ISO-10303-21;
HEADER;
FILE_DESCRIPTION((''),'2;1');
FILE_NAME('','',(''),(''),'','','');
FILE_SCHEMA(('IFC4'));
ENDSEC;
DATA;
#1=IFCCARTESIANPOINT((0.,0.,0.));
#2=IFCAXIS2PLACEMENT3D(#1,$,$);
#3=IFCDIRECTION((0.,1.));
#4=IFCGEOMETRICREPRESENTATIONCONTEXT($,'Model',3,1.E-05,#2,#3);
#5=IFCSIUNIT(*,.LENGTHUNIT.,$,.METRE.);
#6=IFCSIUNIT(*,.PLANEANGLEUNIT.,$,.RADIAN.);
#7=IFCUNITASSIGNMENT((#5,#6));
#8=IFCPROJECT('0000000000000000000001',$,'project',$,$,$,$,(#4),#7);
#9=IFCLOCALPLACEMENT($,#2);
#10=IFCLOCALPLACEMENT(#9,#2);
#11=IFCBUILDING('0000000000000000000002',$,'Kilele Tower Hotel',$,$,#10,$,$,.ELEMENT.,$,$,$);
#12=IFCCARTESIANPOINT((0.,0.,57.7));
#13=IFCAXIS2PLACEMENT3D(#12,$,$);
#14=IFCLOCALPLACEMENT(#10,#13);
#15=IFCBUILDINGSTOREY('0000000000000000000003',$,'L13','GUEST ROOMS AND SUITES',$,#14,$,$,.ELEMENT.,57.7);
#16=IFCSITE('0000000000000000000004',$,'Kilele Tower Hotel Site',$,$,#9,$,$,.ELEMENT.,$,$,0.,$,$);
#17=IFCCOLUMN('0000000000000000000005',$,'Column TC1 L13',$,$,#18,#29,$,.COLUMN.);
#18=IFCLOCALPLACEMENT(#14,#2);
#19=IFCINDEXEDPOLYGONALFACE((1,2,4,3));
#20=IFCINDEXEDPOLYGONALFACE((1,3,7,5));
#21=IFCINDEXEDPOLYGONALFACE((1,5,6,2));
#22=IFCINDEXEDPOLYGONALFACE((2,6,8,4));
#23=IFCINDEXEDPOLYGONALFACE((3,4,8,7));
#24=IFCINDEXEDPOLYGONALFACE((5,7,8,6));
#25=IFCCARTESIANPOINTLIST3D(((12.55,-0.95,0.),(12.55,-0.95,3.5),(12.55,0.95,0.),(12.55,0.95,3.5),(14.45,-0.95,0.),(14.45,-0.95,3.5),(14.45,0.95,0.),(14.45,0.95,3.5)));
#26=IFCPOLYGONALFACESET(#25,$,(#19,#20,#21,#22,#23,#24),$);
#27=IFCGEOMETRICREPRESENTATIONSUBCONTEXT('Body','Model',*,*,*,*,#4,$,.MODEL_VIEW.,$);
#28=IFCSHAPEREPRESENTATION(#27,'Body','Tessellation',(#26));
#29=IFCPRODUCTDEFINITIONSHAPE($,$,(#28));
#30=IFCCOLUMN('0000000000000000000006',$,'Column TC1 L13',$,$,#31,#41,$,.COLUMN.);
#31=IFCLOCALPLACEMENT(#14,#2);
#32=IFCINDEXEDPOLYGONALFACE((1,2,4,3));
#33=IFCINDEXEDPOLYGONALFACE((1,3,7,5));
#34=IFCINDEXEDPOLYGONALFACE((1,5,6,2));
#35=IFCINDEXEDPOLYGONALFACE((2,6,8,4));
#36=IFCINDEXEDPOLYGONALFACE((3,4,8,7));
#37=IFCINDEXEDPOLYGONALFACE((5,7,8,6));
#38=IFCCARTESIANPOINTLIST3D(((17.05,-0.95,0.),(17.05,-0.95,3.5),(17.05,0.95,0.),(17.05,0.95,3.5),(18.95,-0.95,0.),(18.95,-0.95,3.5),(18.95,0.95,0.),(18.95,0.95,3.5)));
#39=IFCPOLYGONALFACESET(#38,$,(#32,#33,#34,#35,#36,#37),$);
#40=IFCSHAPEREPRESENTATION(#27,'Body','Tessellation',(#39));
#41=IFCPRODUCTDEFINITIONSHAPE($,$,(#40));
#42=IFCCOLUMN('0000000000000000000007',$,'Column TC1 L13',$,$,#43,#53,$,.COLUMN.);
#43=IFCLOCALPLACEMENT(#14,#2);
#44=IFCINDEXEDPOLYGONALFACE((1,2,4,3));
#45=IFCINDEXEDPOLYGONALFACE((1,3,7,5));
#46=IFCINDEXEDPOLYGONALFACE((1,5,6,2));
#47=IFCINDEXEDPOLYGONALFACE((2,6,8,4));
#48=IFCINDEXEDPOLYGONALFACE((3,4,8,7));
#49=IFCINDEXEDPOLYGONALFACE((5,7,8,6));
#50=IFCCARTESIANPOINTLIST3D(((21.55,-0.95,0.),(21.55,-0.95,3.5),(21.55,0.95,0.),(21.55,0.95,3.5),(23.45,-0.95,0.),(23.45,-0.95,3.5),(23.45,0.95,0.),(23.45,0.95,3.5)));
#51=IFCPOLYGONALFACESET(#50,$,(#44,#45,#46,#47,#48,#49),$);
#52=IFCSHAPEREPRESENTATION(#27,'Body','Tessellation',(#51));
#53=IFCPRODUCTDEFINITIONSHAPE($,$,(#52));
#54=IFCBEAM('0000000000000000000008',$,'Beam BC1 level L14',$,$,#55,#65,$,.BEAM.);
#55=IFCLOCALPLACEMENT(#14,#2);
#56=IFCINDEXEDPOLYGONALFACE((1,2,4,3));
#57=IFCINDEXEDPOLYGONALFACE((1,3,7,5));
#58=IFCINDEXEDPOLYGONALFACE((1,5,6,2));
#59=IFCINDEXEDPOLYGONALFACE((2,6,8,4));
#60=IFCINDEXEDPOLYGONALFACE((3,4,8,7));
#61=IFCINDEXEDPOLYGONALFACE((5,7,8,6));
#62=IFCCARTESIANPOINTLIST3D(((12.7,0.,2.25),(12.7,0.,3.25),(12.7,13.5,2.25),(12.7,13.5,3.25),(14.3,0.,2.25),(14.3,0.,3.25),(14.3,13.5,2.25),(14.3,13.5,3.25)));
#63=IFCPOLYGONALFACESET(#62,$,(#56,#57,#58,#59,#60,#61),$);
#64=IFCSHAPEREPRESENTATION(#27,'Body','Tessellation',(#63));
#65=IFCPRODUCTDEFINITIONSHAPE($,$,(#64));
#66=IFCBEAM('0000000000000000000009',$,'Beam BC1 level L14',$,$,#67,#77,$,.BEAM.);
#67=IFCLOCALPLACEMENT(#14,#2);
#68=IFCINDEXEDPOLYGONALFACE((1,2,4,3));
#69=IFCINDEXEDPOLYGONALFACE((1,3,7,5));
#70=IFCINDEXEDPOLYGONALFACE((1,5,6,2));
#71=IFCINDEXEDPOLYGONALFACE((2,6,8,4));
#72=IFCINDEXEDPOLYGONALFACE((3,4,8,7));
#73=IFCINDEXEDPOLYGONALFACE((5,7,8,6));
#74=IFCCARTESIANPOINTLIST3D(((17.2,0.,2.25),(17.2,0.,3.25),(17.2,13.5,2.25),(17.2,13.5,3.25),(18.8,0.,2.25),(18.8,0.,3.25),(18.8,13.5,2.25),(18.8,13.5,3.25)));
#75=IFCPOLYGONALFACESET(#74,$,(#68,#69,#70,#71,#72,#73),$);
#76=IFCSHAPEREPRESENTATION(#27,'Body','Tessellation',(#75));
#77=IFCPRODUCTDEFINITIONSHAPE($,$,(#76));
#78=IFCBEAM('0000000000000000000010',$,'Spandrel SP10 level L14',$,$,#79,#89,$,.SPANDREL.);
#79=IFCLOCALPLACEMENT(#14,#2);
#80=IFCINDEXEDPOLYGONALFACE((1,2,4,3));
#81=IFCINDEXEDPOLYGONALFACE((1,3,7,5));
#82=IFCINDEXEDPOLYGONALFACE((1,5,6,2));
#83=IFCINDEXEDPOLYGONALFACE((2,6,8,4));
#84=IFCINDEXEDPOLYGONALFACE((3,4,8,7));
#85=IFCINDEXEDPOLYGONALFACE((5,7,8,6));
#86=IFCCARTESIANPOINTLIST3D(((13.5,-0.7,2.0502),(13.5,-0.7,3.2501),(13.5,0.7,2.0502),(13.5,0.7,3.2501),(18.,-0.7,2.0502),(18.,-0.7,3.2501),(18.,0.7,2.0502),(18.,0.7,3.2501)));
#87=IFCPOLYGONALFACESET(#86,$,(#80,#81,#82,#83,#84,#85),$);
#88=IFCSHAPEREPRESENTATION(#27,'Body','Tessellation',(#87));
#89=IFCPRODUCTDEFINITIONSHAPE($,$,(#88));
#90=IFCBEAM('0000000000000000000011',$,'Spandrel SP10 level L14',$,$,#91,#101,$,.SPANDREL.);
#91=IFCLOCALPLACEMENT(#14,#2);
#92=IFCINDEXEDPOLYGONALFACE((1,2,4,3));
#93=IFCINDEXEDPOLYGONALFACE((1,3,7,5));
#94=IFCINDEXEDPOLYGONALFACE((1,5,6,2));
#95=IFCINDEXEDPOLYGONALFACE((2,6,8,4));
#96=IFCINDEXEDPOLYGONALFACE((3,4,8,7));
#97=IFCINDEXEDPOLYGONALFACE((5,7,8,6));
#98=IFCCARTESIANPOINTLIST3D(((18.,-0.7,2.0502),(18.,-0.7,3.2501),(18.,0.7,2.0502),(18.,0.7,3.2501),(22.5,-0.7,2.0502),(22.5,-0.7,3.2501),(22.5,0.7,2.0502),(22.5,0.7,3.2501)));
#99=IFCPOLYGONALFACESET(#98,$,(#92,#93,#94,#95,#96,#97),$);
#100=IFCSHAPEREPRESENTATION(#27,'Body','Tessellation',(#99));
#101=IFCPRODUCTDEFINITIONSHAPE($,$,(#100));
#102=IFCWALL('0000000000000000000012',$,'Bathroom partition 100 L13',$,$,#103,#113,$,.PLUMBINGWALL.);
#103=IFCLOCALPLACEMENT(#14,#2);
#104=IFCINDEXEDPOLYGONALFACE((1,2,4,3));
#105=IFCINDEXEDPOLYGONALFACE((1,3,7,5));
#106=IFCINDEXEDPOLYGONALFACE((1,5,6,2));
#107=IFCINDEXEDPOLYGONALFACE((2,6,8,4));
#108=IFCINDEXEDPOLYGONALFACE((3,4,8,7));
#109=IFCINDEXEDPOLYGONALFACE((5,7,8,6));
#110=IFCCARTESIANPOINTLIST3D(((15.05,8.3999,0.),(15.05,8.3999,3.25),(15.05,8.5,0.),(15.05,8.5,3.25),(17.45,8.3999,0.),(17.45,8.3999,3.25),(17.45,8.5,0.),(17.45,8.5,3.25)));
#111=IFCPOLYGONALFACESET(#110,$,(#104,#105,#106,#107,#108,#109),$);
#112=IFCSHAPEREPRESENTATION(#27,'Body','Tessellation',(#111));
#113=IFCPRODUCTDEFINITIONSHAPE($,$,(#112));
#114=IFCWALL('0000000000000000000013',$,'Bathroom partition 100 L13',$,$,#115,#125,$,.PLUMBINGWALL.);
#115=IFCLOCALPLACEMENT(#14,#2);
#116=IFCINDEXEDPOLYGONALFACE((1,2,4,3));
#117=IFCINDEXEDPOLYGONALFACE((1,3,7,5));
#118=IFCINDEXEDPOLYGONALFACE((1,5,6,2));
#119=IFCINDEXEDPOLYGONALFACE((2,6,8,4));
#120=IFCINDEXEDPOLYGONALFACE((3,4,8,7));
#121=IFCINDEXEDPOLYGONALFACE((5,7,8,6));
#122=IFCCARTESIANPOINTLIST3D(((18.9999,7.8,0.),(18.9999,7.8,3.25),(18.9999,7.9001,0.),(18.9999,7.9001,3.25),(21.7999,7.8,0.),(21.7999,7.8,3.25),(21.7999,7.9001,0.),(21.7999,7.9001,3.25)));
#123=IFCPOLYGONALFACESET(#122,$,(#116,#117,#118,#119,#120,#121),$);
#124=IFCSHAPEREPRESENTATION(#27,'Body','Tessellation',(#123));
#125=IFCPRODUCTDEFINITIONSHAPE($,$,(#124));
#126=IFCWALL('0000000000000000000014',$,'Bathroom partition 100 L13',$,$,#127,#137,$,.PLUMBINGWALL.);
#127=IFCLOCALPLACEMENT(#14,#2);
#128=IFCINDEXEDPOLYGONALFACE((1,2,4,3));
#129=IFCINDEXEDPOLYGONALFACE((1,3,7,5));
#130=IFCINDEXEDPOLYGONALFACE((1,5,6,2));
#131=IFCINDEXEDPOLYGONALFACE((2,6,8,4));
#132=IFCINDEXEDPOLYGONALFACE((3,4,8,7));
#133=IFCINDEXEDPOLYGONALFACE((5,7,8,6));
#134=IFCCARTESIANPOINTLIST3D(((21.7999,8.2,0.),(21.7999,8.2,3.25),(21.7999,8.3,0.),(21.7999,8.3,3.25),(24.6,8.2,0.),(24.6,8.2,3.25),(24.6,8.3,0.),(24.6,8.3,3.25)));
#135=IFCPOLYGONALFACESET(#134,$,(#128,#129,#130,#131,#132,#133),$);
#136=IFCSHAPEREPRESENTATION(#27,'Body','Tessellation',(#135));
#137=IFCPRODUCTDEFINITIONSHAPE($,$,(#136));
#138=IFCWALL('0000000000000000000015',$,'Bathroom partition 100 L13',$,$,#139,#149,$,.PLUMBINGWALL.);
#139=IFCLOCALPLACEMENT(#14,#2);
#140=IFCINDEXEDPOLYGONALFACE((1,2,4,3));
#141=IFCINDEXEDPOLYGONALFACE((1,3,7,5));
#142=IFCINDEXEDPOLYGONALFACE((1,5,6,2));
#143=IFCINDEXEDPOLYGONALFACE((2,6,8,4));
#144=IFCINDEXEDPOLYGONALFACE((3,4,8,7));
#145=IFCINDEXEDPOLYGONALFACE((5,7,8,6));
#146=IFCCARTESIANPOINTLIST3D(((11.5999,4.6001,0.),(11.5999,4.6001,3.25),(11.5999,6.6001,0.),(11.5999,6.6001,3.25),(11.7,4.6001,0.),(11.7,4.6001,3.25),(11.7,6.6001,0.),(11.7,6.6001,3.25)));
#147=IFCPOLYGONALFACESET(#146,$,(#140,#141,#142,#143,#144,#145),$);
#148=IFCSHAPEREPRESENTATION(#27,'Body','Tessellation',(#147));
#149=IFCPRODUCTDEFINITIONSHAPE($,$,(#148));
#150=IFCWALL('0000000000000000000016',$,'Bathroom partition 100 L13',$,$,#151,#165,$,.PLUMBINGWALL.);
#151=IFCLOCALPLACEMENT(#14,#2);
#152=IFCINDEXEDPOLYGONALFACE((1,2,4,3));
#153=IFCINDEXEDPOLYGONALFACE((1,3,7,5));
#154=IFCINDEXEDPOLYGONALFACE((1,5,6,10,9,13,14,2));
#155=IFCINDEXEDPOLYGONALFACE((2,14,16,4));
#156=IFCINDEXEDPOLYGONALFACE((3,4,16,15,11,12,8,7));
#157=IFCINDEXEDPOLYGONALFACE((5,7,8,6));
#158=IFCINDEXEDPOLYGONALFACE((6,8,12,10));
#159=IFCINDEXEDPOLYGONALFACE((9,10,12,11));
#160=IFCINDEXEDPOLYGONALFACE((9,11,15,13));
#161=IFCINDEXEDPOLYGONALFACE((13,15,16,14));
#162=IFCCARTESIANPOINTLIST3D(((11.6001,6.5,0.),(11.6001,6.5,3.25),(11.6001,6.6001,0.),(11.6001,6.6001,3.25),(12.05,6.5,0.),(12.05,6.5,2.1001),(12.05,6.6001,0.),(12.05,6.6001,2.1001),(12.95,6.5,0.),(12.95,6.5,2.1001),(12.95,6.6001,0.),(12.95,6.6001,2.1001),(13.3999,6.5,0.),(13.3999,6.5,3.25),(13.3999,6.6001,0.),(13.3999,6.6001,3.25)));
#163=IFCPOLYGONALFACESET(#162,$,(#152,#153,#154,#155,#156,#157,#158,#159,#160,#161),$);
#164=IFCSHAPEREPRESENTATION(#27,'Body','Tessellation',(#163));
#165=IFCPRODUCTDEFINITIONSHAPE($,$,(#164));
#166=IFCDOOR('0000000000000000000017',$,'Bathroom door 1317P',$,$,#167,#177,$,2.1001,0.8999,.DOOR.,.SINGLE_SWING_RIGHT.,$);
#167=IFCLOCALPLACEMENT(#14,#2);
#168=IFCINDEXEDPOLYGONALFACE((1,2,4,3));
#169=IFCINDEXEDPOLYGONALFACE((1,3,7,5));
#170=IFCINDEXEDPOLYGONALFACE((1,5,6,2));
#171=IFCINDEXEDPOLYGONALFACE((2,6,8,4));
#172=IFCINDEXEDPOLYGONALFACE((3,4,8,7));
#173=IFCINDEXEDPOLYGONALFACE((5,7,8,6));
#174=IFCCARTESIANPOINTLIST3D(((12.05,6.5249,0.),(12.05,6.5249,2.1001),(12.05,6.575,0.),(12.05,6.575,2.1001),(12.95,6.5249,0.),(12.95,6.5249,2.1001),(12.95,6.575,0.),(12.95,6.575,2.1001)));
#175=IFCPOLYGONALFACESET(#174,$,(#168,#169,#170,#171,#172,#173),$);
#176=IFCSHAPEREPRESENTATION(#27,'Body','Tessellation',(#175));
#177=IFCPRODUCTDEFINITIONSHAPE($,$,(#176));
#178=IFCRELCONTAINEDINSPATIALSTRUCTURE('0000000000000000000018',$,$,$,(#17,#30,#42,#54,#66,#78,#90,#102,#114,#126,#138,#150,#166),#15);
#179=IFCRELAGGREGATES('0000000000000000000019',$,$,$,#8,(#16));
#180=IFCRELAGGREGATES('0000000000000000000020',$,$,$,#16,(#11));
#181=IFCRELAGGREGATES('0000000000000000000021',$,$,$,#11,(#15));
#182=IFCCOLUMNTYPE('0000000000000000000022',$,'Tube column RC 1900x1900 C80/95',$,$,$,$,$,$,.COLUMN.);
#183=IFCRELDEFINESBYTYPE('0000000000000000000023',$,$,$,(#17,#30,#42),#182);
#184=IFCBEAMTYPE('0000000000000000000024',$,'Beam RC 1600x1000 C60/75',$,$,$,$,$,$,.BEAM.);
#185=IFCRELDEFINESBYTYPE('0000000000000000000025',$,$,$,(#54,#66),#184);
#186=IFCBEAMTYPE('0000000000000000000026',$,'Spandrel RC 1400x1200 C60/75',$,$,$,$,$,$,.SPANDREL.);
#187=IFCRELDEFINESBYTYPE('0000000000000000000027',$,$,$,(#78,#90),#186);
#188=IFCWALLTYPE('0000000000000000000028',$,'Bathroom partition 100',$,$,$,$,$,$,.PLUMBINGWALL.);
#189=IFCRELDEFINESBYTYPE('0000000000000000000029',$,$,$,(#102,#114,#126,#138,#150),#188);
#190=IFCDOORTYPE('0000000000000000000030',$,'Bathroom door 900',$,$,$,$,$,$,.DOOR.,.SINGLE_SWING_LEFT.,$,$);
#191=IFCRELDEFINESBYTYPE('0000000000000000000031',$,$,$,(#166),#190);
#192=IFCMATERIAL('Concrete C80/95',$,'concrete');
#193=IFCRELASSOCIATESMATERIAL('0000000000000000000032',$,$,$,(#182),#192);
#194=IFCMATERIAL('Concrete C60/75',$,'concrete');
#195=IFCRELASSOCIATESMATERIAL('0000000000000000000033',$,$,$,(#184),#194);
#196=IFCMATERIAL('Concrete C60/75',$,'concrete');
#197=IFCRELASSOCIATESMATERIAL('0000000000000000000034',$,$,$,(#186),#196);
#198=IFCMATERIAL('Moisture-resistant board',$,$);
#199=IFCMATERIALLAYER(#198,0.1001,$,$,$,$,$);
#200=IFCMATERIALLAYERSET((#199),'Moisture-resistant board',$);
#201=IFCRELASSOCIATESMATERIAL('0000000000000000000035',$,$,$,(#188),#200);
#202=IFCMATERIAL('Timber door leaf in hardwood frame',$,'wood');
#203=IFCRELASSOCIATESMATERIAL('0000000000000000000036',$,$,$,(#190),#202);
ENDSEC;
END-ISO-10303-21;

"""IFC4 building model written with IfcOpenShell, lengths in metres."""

from ifc_helpers import new_model, si_unit, direction, frame, frame_2d, origin, origin_2d, place, context, subcontext, project, spatial, rectangle, extrude, material, layer, layer_set, material_profile, profile_set, type_object, element, fill, save


model = new_model("IFC4")

# Units and contexts
model_context = context("Model", 3, precision=1e-05, world=origin(), true_north=direction((0.0, 1.0)))
body_context = subcontext(model_context, "Body", "Model", "MODEL_VIEW")
ifc_project = project(units=[si_unit("LENGTHUNIT", "METRE"), si_unit("PLANEANGLEUNIT", "RADIAN")], contexts=[model_context])

# Site, building, storey
site_placement = place(None, origin())
site = spatial("IfcSite", under=ifc_project, at=site_placement, Name="Kilele Tower Hotel Site", CompositionType="ELEMENT", RefElevation=0.0)
building_placement = place(site_placement, origin())
building = spatial("IfcBuilding", under=site, at=building_placement, Name="Kilele Tower Hotel", CompositionType="ELEMENT")
storey_placement = place(building_placement, frame((0.0, 0.0, 57.7)))
storey = spatial("IfcBuildingStorey", under=building, at=storey_placement, Name="L13", Description="GUEST ROOMS AND SUITES", CompositionType="ELEMENT", Elevation=57.7)

# Columns
ifc_material_1 = material(Name="Concrete C80/95", Category="concrete")
ifc_material_profile_1 = material_profile(ifc_material_1, rectangle(XDim=1.8999, YDim=1.8999, at=origin_2d()))
ifc_profile_set_1 = profile_set([ifc_material_profile_1], Name="Concrete C80/95")
column_type = type_object("IfcColumnType", Name="Tube column RC 1900x1900 C80/95", PredefinedType="COLUMN", material=ifc_profile_set_1)
for number, where, z_axis, x_axis, name in (
    (1, (13.5, 0.0, 0.0), (0.0, 0.0, 1.0), (1.0, 0.0, 0.0), "Column TC1 L13"),
    (2, (18.0, 0.0, 0.0), (0.0, 0.0, 1.0), (1.0, 0.0, 0.0), "Column TC1 L13"),
    (3, (22.5, 0.0, 0.0), (0.0, 0.0, 1.0), (1.0, 0.0, 0.0), "Column TC1 L13"),
):
    element("IfcColumn", number, at=place(storey_placement, frame(where, z_axis=z_axis, x_axis=x_axis)), inside=storey, type_object=column_type, Name=name, PredefinedType="COLUMN", context=body_context, shape_type="SweptSolid", body=[
        extrude(rectangle(XDim=1.8999, YDim=1.8999, at=origin_2d()), origin(), (0.0, 0.0, 1.0), 3.5),
    ])

# Beams
ifc_material_2 = material(Name="Concrete C60/75", Category="concrete")
ifc_material_profile_2 = material_profile(ifc_material_2, rectangle(XDim=1.6001, YDim=1.0, at=origin_2d()))
ifc_profile_set_2 = profile_set([ifc_material_profile_2], Name="Concrete C60/75")
beam_type_1 = type_object("IfcBeamType", Name="Beam RC 1600x1000 C60/75", PredefinedType="BEAM", material=ifc_profile_set_2)
for number, where, z_axis, x_axis, name in (
    (4, (13.5, 0.0, 2.75), (0.0, 1.0, 0.0), (-1.0, 0.0, 0.0), "Beam BC1 level L14"),
    (5, (18.0, 0.0, 2.75), (0.0, 1.0, 0.0), (-1.0, 0.0, 0.0), "Beam BC1 level L14"),
):
    element("IfcBeam", number, at=place(storey_placement, frame(where, z_axis=z_axis, x_axis=x_axis)), inside=storey, type_object=beam_type_1, Name=name, PredefinedType="BEAM", context=body_context, shape_type="SweptSolid", body=[
        extrude(rectangle(XDim=1.6001, YDim=1.0, at=origin_2d()), origin(), (0.0, 0.0, 1.0), 13.5),
    ])
ifc_material_3 = material(Name="Concrete C60/75", Category="concrete")
ifc_material_profile_3 = material_profile(ifc_material_3, rectangle(XDim=1.3999, YDim=1.2, at=origin_2d()))
ifc_profile_set_3 = profile_set([ifc_material_profile_3], Name="Concrete C60/75")
beam_type_2 = type_object("IfcBeamType", Name="Spandrel RC 1400x1200 C60/75", PredefinedType="SPANDREL", material=ifc_profile_set_3)
for number, where, z_axis, x_axis, name in (
    (6, (13.5, 0.0, 2.6501), (1.0, 0.0, 0.0), (0.0, 1.0, 0.0), "Spandrel SP10 level L14"),
    (7, (18.0, 0.0, 2.6501), (1.0, 0.0, 0.0), (0.0, 1.0, 0.0), "Spandrel SP10 level L14"),
):
    element("IfcBeam", number, at=place(storey_placement, frame(where, z_axis=z_axis, x_axis=x_axis)), inside=storey, type_object=beam_type_2, Name=name, PredefinedType="SPANDREL", context=body_context, shape_type="SweptSolid", body=[
        extrude(rectangle(XDim=1.3999, YDim=1.2, at=origin_2d()), origin(), (0.0, 0.0, 1.0), 4.5),
    ])

# Walls
ifc_material_4 = material(Name="Moisture-resistant board")
ifc_layer_1 = layer(ifc_material_4, 0.1001)
ifc_layer_set_1 = layer_set([ifc_layer_1], Name="Moisture-resistant board")
wall_type_1 = type_object("IfcWallType", Name="Bathroom partition 100", PredefinedType="PLUMBINGWALL", material=ifc_layer_set_1)
wall_1_placement = place(storey_placement, frame((15.05, 8.45, 0.0), z_axis=(0.0, 0.0, 1.0), x_axis=(1.0, 0.0, 0.0)))
element("IfcWall", 8, at=wall_1_placement, inside=storey, type_object=wall_type_1, Name="Bathroom partition 100 L13", PredefinedType="PLUMBINGWALL", context=body_context, shape_type="SweptSolid", body=[
    extrude(rectangle(XDim=2.3999, YDim=0.1001, at=frame_2d((1.2, 0.0))), origin(), (0.0, 0.0, 1.0), 3.25),
])
for number, where, z_axis, x_axis, name in (
    (9, (19.0, 7.8501, 0.0), (0.0, 0.0, 1.0), (1.0, 0.0, 0.0), "Bathroom partition 100 L13"),
    (10, (21.8, 8.25, 0.0), (0.0, 0.0, 1.0), (1.0, 0.0, 0.0), "Bathroom partition 100 L13"),
):
    element("IfcWall", number, at=place(storey_placement, frame(where, z_axis=z_axis, x_axis=x_axis)), inside=storey, type_object=wall_type_1, Name=name, PredefinedType="PLUMBINGWALL", context=body_context, shape_type="SweptSolid", body=[
        extrude(rectangle(XDim=2.8, YDim=0.1001, at=frame_2d((1.3999, 0.0))), origin(), (0.0, 0.0, 1.0), 3.25),
    ])
wall_2_placement = place(storey_placement, frame((11.6499, 4.6001, 0.0), z_axis=(0.0, 0.0, 1.0), x_axis=(0.0, 1.0, 0.0)))
element("IfcWall", 11, at=wall_2_placement, inside=storey, type_object=wall_type_1, Name="Bathroom partition 100 L13", PredefinedType="PLUMBINGWALL", context=body_context, shape_type="SweptSolid", body=[
    extrude(rectangle(XDim=2.0, YDim=0.1001, at=frame_2d((1.0, 0.0))), origin(), (0.0, 0.0, 1.0), 3.25),
])

# Wall, opening, door
wall_3_placement = place(storey_placement, frame((13.3999, 6.55, 0.0), z_axis=(0.0, 0.0, 1.0), x_axis=(-1.0, 0.0, 0.0)))
wall_3 = element("IfcWall", 12, at=wall_3_placement, inside=storey, type_object=wall_type_1, Name="Bathroom partition 100 L13", PredefinedType="PLUMBINGWALL", context=body_context, shape_type="SweptSolid", body=[
    extrude(rectangle(XDim=1.7998, YDim=0.1001, at=frame_2d((0.8999, 0.0))), origin(), (0.0, 0.0, 1.0), 3.25),
])
opening_1_placement = place(wall_3_placement, frame((1.3499, 0.0, 0.0), z_axis=(0.0, 0.0, 1.0), x_axis=(-1.0, 0.0, 0.0)))
opening_1 = element("IfcOpeningElement", 13, at=opening_1_placement, cuts=wall_3, PredefinedType="OPENING", context=body_context, shape_type="SweptSolid", body=[
    extrude(rectangle(XDim=0.8999, YDim=2.1001, at=frame_2d((0.45, 1.05))), frame((0.0, 0.0601, 0.0), z_axis=(0.0, -1.0, 0.0), x_axis=(1.0, 0.0, 0.0)), (0.0, 0.0, 1.0), 0.1201),
])
ifc_material_5 = material(Name="Timber door leaf in hardwood frame", Category="wood")
door_type_1 = type_object("IfcDoorType", Name="Bathroom door 900", OperationType="SINGLE_SWING_LEFT", PredefinedType="DOOR", material=ifc_material_5)
door_1_placement = place(opening_1_placement, origin())
door_1 = element("IfcDoor", 14, at=door_1_placement, inside=storey, type_object=door_type_1, Name="Bathroom door 1317P", OperationType="SINGLE_SWING_RIGHT", OverallHeight=2.1001, OverallWidth=0.8999, PredefinedType="DOOR", context=body_context, shape_type="SweptSolid", body=[
    extrude(rectangle(XDim=0.8999, YDim=2.1001, at=frame_2d((0.45, 1.05))), frame((0.0, 0.0249, 0.0), z_axis=(0.0, -1.0, 0.0), x_axis=(1.0, 0.0, 0.0)), (0.0, 0.0, 1.0), 0.05),
])
fill(opening_1, door_1)

save(model, "model.ifc")
